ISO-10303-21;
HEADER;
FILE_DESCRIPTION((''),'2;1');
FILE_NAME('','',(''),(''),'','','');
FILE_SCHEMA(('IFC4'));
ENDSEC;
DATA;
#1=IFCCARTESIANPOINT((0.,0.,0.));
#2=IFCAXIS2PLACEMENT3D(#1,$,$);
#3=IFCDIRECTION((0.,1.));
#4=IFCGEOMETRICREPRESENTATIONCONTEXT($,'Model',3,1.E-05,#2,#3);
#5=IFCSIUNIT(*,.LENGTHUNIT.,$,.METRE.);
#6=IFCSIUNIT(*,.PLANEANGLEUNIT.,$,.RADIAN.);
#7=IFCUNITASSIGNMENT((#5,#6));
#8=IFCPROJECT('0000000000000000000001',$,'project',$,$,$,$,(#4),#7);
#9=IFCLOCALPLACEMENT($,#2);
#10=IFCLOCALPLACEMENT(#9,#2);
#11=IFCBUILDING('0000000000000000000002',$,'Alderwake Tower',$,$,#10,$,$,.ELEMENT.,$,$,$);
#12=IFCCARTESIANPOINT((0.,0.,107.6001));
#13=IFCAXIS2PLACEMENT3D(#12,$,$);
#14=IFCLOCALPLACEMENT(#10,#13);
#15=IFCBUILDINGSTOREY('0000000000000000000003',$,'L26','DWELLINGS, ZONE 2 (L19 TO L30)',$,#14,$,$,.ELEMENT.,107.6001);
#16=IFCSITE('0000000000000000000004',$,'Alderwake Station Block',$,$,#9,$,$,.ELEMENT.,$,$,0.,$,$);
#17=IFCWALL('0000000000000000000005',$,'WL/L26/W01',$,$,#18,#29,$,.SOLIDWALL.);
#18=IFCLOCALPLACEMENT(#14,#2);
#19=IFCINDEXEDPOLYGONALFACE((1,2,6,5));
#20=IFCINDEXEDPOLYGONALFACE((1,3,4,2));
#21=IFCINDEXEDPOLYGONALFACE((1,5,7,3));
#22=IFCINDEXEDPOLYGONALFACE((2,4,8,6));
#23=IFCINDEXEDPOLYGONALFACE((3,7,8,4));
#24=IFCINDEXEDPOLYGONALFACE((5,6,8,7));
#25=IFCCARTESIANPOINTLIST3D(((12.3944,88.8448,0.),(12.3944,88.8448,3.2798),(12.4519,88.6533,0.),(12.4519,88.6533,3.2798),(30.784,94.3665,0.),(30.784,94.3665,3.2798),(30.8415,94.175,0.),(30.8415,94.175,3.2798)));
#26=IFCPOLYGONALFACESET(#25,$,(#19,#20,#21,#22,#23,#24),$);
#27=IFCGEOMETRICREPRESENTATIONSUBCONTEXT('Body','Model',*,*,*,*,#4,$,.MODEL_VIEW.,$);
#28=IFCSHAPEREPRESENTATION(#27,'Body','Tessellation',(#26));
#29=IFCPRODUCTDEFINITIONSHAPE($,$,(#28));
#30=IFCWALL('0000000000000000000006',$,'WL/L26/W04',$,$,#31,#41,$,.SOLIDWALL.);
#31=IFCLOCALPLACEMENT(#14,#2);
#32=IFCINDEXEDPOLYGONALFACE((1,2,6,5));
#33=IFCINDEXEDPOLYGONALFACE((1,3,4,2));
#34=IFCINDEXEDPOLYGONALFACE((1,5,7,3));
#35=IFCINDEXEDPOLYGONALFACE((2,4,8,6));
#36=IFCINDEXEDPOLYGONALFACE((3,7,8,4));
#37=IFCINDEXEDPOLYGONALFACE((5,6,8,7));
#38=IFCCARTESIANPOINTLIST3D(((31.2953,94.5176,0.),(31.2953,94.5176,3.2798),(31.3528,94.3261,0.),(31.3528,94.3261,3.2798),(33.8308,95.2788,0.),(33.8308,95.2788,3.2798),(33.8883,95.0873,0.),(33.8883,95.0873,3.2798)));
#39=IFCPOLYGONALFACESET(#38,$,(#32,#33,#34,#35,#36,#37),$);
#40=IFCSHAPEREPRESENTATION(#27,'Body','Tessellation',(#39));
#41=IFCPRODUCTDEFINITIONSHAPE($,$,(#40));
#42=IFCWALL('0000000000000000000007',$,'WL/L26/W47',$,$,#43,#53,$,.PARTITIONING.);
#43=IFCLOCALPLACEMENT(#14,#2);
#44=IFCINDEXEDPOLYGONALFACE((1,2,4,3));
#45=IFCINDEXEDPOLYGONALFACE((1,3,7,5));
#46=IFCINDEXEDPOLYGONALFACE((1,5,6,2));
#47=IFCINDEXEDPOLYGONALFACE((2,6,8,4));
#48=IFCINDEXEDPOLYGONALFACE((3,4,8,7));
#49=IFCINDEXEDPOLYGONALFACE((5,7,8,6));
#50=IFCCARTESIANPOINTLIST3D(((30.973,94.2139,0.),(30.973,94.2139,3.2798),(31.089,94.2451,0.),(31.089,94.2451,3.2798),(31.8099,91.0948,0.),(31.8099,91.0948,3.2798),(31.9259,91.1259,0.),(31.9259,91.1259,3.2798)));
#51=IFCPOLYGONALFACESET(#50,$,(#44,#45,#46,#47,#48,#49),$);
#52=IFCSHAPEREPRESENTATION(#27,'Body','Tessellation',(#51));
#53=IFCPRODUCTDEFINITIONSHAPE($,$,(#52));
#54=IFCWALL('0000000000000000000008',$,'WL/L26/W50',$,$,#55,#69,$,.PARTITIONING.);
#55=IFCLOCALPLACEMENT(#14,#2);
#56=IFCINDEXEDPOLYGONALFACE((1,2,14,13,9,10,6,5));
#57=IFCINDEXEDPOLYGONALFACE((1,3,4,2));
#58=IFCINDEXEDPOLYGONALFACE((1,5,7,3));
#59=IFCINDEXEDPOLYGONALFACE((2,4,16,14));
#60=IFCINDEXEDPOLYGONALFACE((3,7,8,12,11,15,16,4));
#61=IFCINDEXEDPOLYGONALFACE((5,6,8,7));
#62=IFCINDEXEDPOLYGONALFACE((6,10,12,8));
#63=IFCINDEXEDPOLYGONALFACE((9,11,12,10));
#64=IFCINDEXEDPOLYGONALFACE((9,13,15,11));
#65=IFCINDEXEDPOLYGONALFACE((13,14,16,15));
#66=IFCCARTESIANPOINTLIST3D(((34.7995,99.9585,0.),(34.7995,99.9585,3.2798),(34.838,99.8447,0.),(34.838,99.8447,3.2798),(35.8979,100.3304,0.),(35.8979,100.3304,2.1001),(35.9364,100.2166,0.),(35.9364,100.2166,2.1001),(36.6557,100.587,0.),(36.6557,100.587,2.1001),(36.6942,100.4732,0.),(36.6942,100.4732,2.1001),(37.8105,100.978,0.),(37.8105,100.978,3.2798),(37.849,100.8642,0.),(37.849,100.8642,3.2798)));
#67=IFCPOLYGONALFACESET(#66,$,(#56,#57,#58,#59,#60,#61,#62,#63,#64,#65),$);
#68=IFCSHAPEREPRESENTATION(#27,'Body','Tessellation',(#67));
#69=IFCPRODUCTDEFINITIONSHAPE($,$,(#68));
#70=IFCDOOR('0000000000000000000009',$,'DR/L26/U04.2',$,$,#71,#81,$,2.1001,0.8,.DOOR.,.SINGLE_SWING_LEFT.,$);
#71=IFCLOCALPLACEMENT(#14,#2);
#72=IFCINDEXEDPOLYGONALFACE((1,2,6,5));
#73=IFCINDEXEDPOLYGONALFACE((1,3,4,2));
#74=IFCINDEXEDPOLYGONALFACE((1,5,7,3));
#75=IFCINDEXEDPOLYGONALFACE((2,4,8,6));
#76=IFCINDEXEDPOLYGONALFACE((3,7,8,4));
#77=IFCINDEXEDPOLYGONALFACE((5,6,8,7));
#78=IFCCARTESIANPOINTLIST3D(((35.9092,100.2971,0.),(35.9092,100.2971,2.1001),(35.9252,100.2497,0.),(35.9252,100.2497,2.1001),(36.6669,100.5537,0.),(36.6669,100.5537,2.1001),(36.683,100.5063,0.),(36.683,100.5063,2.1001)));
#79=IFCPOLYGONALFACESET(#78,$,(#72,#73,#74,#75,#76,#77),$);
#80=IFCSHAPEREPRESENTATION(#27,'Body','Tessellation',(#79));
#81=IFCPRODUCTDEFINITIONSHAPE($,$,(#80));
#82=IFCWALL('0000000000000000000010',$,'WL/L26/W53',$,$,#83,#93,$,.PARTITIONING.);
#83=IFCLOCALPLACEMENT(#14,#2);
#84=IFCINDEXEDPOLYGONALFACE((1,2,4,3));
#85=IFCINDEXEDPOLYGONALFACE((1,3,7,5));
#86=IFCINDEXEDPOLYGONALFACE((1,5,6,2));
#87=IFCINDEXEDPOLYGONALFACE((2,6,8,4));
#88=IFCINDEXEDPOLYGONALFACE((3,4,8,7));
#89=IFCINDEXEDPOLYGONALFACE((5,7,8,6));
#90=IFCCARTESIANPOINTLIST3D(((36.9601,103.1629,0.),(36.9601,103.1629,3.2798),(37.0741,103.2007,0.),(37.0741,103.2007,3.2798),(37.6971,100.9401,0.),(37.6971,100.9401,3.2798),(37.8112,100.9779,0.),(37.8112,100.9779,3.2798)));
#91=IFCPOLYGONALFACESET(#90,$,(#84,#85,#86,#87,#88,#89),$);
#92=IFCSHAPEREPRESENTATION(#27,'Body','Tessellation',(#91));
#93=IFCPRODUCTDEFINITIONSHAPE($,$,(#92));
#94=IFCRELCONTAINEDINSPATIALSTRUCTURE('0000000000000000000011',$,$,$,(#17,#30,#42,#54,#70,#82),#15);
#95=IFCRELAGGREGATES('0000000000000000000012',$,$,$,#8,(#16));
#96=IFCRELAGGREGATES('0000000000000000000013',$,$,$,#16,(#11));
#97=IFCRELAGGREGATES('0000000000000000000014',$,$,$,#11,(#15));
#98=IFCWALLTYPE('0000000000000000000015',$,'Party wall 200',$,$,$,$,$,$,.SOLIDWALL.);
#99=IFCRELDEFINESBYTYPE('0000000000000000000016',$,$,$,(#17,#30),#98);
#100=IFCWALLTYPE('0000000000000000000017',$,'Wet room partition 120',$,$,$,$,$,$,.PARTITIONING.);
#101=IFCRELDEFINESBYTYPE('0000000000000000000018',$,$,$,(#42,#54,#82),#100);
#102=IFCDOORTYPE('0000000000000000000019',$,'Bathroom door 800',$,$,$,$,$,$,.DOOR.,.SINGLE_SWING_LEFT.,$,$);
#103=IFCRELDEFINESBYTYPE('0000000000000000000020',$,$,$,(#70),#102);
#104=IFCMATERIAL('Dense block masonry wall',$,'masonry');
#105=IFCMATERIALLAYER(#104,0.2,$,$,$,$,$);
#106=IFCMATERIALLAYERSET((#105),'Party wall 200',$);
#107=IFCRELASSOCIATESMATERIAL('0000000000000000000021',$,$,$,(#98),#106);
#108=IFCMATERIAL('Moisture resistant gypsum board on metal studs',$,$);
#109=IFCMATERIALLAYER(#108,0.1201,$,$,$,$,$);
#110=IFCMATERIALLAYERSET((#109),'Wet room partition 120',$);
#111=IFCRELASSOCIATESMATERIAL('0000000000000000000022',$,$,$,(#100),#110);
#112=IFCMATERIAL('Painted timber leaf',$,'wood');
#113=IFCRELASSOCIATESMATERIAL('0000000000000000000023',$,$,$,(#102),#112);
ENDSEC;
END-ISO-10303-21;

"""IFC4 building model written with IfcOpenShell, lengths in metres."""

from ifc_helpers import new_model, si_unit, direction, frame, frame_2d, origin, place, context, subcontext, project, spatial, rectangle, extrude, material, layer, layer_set, type_object, element, fill, save


model = new_model("IFC4")

# Units and contexts
model_context = context("Model", 3, precision=1e-05, world=origin(), true_north=direction((0.0, 1.0)))
body_context = subcontext(model_context, "Body", "Model", "MODEL_VIEW")
ifc_project = project(units=[si_unit("LENGTHUNIT", "METRE"), si_unit("PLANEANGLEUNIT", "RADIAN")], contexts=[model_context])

# Site, building, storey
site_placement = place(None, origin())
site = spatial("IfcSite", under=ifc_project, at=site_placement, Name="Alderwake Station Block", CompositionType="ELEMENT", RefElevation=0.0)
building_placement = place(site_placement, origin())
building = spatial("IfcBuilding", under=site, at=building_placement, Name="Alderwake Tower", CompositionType="ELEMENT")
storey_placement = place(building_placement, frame((0.0, 0.0, 107.6001)))
storey = spatial("IfcBuildingStorey", under=building, at=storey_placement, Name="L26", Description="DWELLINGS, ZONE 2 (L19 TO L30)", CompositionType="ELEMENT", Elevation=107.6001)

# Walls
ifc_material_1 = material(Name="Dense block masonry wall", Category="masonry")
ifc_layer_1 = layer(ifc_material_1, 0.2)
ifc_layer_set_1 = layer_set([ifc_layer_1], Name="Party wall 200")
wall_type_1 = type_object("IfcWallType", Name="Party wall 200", PredefinedType="SOLIDWALL", material=ifc_layer_set_1)
wall_1_placement = place(storey_placement, frame((30.8127, 94.2708, 0.0), z_axis=(0.0, 0.0, 1.0), x_axis=(-0.957757, -0.287579, 0.0)))
element("IfcWall", 1, at=wall_1_placement, inside=storey, type_object=wall_type_1, Name="WL/L26/W01", PredefinedType="SOLIDWALL", context=body_context, shape_type="SweptSolid", body=[
    extrude(rectangle(XDim=19.2007, YDim=0.2, at=frame_2d((9.6003, 0.0))), origin(), (0.0, 0.0, 1.0), 3.2798),
])
wall_2_placement = place(storey_placement, frame((33.8596, 95.1831, 0.0), z_axis=(0.0, 0.0, 1.0), x_axis=(-0.957763, -0.287559, 0.0)))
element("IfcWall", 2, at=wall_2_placement, inside=storey, type_object=wall_type_1, Name="WL/L26/W04", PredefinedType="SOLIDWALL", context=body_context, shape_type="SweptSolid", body=[
    extrude(rectangle(XDim=2.6472, YDim=0.2, at=frame_2d((1.3237, 0.0))), origin(), (0.0, 0.0, 1.0), 3.2798),
])
ifc_material_2 = material(Name="Moisture resistant gypsum board on metal studs")
ifc_layer_2 = layer(ifc_material_2, 0.1201)
ifc_layer_set_2 = layer_set([ifc_layer_2], Name="Wet room partition 120")
wall_type_2 = type_object("IfcWallType", Name="Wet room partition 120", PredefinedType="PARTITIONING", material=ifc_layer_set_2)
wall_3_placement = place(storey_placement, frame((31.031, 94.2295, 0.0), z_axis=(0.0, 0.0, 1.0), x_axis=(0.259149, -0.965837, 0.0)))
element("IfcWall", 3, at=wall_3_placement, inside=storey, type_object=wall_type_2, Name="WL/L26/W47", PredefinedType="PARTITIONING", context=body_context, shape_type="SweptSolid", body=[
    extrude(rectangle(XDim=3.2295, YDim=0.1201, at=frame_2d((1.6147, 0.0))), origin(), (0.0, 0.0, 1.0), 3.2798),
])

# Wall, opening, door
wall_4_placement = place(storey_placement, frame((34.8188, 99.9016, 0.0), z_axis=(0.0, 0.0, 1.0), x_axis=(0.947175, 0.320717, 0.0)))
wall_4 = element("IfcWall", 4, at=wall_4_placement, inside=storey, type_object=wall_type_2, Name="WL/L26/W50", PredefinedType="PARTITIONING", context=body_context, shape_type="SweptSolid", body=[
    extrude(rectangle(XDim=3.179, YDim=0.1201, at=frame_2d((1.5894, 0.0))), origin(), (0.0, 0.0, 1.0), 3.2798),
])
opening_1_placement = place(wall_4_placement, frame((1.1597, 0.0, 0.0)))
opening_1 = element("IfcOpeningElement", 5, at=opening_1_placement, cuts=wall_4, PredefinedType="OPENING", context=body_context, shape_type="SweptSolid", body=[
    extrude(rectangle(XDim=0.8, YDim=2.1001, at=frame_2d((0.3999, 1.05))), frame((0.0, 0.0701, 0.0), z_axis=(0.0, -1.0, 0.0), x_axis=(1.0, 0.0, 0.0)), (0.0, 0.0, 1.0), 0.1401),
])
ifc_material_3 = material(Name="Painted timber leaf", Category="wood")
door_type_1 = type_object("IfcDoorType", Name="Bathroom door 800", OperationType="SINGLE_SWING_LEFT", PredefinedType="DOOR", material=ifc_material_3)
door_1_placement = place(opening_1_placement, origin())
door_1 = element("IfcDoor", 6, at=door_1_placement, inside=storey, type_object=door_type_1, Name="DR/L26/U04.2", OperationType="SINGLE_SWING_LEFT", OverallHeight=2.1001, OverallWidth=0.8, PredefinedType="DOOR", context=body_context, shape_type="SweptSolid", body=[
    extrude(rectangle(XDim=0.8, YDim=2.1001, at=frame_2d((0.3999, 1.05))), frame((0.0, 0.0249, 0.0), z_axis=(0.0, -1.0, 0.0), x_axis=(1.0, 0.0, 0.0)), (0.0, 0.0, 1.0), 0.05),
])
fill(opening_1, door_1)

# Wall
wall_5_placement = place(storey_placement, frame((37.7542, 100.959, 0.0), z_axis=(0.0, 0.0, 1.0), x_axis=(-0.314726, 0.949183, 0.0)))
element("IfcWall", 7, at=wall_5_placement, inside=storey, type_object=wall_type_2, Name="WL/L26/W53", PredefinedType="PARTITIONING", context=body_context, shape_type="SweptSolid", body=[
    extrude(rectangle(XDim=2.3418, YDim=0.1201, at=frame_2d((1.1709, 0.0))), origin(), (0.0, 0.0, 1.0), 3.2798),
])

save(model, "model.ifc")
